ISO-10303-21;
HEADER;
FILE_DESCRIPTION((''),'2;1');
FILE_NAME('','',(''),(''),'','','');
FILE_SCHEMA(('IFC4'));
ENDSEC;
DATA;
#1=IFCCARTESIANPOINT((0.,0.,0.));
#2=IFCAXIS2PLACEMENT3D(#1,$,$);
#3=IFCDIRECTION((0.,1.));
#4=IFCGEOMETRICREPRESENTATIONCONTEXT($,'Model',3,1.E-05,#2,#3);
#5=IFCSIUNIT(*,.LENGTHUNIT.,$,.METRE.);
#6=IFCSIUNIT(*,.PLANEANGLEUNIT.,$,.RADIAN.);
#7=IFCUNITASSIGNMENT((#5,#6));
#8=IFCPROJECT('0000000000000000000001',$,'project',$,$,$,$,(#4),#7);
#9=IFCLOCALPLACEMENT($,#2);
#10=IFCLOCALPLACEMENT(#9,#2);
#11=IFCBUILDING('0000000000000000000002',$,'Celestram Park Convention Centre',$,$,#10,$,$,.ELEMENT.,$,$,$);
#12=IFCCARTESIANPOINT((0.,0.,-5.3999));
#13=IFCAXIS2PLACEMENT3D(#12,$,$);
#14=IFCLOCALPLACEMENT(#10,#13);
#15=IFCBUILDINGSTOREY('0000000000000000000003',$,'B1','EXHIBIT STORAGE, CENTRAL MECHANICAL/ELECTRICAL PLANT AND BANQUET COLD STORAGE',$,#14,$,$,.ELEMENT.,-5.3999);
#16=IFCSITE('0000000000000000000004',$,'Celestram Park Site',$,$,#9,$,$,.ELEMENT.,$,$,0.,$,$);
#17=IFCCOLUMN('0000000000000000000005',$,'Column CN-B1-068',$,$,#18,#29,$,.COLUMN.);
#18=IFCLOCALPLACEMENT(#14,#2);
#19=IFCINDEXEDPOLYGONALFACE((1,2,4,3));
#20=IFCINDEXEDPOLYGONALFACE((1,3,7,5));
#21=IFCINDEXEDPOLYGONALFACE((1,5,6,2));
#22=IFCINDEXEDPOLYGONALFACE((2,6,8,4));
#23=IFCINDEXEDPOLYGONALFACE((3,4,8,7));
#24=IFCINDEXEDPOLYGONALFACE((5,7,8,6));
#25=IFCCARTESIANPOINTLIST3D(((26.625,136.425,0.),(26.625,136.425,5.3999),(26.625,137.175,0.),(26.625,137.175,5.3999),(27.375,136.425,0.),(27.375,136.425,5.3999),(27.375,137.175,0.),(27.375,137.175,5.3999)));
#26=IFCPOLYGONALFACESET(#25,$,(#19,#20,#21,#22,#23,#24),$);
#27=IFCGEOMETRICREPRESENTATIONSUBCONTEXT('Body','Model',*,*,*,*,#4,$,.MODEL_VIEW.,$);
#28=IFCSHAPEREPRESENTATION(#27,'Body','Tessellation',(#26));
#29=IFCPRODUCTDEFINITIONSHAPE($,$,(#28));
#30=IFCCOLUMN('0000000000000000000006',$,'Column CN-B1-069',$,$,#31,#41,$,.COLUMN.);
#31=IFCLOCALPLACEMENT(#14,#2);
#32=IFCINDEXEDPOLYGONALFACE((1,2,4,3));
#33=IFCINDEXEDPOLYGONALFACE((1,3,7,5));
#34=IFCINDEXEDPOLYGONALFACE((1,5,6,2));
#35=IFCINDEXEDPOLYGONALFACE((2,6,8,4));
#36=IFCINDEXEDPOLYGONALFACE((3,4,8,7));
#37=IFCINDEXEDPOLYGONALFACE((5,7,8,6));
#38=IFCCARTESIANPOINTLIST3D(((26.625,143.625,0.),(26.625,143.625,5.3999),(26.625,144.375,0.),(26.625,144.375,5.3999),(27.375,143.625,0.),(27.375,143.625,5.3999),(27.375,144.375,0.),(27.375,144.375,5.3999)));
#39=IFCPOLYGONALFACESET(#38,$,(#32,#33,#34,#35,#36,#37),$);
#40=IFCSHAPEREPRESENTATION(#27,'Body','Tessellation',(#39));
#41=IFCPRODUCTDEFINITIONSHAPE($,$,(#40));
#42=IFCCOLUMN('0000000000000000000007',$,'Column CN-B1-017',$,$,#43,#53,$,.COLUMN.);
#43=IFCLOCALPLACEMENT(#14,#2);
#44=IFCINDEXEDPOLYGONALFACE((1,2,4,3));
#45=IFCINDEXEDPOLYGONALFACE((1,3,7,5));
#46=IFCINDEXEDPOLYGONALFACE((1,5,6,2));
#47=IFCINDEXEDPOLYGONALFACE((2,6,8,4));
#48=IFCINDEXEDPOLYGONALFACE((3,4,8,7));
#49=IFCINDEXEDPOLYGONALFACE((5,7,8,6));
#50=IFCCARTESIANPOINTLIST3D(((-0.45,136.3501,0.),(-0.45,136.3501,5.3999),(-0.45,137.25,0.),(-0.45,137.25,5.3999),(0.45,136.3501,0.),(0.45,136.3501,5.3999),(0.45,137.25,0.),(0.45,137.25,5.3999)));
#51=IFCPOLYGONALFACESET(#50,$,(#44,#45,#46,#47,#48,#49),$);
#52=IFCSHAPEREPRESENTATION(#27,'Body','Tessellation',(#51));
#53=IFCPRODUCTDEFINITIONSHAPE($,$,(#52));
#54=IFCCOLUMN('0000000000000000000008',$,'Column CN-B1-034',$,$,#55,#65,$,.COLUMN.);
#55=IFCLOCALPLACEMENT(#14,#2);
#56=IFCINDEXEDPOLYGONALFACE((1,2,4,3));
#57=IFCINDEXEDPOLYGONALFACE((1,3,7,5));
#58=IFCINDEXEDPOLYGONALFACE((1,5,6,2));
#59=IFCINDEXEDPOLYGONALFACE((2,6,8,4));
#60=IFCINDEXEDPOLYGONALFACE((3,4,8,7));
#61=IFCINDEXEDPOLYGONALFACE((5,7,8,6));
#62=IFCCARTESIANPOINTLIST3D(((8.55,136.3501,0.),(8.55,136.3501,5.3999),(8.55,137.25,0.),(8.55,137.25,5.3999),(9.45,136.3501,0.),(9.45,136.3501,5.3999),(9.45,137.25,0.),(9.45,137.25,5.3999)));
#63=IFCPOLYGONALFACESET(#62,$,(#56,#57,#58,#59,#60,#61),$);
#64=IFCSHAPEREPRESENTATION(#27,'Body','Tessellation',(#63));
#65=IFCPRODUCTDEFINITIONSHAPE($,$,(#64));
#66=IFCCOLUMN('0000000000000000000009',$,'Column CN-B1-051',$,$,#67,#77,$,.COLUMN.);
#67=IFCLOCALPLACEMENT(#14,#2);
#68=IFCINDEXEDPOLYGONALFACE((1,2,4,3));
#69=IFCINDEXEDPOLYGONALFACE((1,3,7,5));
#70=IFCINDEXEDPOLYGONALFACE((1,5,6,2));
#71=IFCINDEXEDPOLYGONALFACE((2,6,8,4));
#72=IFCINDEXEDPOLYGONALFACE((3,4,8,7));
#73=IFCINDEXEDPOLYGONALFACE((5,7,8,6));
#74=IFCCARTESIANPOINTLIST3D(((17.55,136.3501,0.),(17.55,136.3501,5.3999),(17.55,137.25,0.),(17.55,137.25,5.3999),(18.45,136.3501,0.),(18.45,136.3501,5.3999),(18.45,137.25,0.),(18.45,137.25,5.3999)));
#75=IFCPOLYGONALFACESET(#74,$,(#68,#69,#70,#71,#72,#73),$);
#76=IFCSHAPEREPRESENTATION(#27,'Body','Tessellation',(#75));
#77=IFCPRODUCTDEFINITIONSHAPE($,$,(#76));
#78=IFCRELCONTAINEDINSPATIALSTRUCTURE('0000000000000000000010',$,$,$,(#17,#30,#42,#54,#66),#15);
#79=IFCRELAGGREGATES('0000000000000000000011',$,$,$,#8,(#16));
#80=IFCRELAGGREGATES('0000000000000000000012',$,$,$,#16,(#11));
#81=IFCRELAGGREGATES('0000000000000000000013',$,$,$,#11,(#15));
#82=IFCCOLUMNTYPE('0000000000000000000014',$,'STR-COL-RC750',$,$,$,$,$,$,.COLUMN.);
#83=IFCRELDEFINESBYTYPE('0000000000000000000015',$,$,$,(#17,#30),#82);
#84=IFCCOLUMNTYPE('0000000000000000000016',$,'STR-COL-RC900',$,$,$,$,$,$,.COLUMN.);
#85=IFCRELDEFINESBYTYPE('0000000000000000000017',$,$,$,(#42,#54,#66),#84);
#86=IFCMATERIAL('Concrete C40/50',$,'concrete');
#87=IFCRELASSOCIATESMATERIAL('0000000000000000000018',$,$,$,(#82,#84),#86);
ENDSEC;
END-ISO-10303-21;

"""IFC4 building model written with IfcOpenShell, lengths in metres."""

from ifc_helpers import new_model, si_unit, direction, frame, origin, origin_2d, place, context, subcontext, project, spatial, rectangle, extrude, material, material_profile, profile_set, type_object, element, save


model = new_model("IFC4")

# Units and contexts
model_context = context("Model", 3, precision=1e-05, world=origin(), true_north=direction((0.0, 1.0)))
body_context = subcontext(model_context, "Body", "Model", "MODEL_VIEW")
ifc_project = project(units=[si_unit("LENGTHUNIT", "METRE"), si_unit("PLANEANGLEUNIT", "RADIAN")], contexts=[model_context])

# Site, building, storey
site_placement = place(None, origin())
site = spatial("IfcSite", under=ifc_project, at=site_placement, Name="Celestram Park Site", CompositionType="ELEMENT", RefElevation=0.0)
building_placement = place(site_placement, origin())
building = spatial("IfcBuilding", under=site, at=building_placement, Name="Celestram Park Convention Centre", CompositionType="ELEMENT")
storey_placement = place(building_placement, frame((0.0, 0.0, -5.3999)))
storey = spatial("IfcBuildingStorey", under=building, at=storey_placement, Name="B1", Description="EXHIBIT STORAGE, CENTRAL MECHANICAL/ELECTRICAL PLANT AND BANQUET COLD STORAGE", CompositionType="ELEMENT", Elevation=-5.3999)

# Shared definitions
ifc_material_1 = material(Name="Concrete C40/50", Category="concrete")

# Columns
ifc_material_profile_1 = material_profile(ifc_material_1, rectangle(XDim=0.75, YDim=0.75, at=origin_2d()), Name="RC750X750")
ifc_profile_set_1 = profile_set([ifc_material_profile_1], Name="Concrete C40/50")
column_type_1 = type_object("IfcColumnType", Name="STR-COL-RC750", PredefinedType="COLUMN", material=ifc_profile_set_1)
for number, where, z_axis, x_axis, name in (
    (1, (27.0, 136.8, 0.0), (0.0, 0.0, 1.0), (1.0, 0.0, 0.0), "Column CN-B1-068"),
    (2, (27.0, 144.0, 0.0), (0.0, 0.0, 1.0), (1.0, 0.0, 0.0), "Column CN-B1-069"),
):
    element("IfcColumn", number, at=place(storey_placement, frame(where, z_axis=z_axis, x_axis=x_axis)), inside=storey, type_object=column_type_1, Name=name, PredefinedType="COLUMN", context=body_context, shape_type="SweptSolid", body=[
        extrude(rectangle(XDim=0.75, YDim=0.75, at=origin_2d()), origin(), (0.0, 0.0, 1.0), 5.3999),
    ])
ifc_material_profile_2 = material_profile(ifc_material_1, rectangle(XDim=0.8999, YDim=0.8999, at=origin_2d()), Name="RC900X900")
ifc_profile_set_2 = profile_set([ifc_material_profile_2], Name="Concrete C40/50")
column_type_2 = type_object("IfcColumnType", Name="STR-COL-RC900", PredefinedType="COLUMN", material=ifc_profile_set_2)
for number, where, z_axis, x_axis, name in (
    (3, (0.0, 136.8, 0.0), (0.0, 0.0, 1.0), (1.0, 0.0, 0.0), "Column CN-B1-017"),
    (4, (9.0, 136.8, 0.0), (0.0, 0.0, 1.0), (1.0, 0.0, 0.0), "Column CN-B1-034"),
    (5, (18.0, 136.8, 0.0), (0.0, 0.0, 1.0), (1.0, 0.0, 0.0), "Column CN-B1-051"),
):
    element("IfcColumn", number, at=place(storey_placement, frame(where, z_axis=z_axis, x_axis=x_axis)), inside=storey, type_object=column_type_2, Name=name, PredefinedType="COLUMN", context=body_context, shape_type="SweptSolid", body=[
        extrude(rectangle(XDim=0.8999, YDim=0.8999, at=origin_2d()), origin(), (0.0, 0.0, 1.0), 5.3999),
    ])

save(model, "model.ifc")
